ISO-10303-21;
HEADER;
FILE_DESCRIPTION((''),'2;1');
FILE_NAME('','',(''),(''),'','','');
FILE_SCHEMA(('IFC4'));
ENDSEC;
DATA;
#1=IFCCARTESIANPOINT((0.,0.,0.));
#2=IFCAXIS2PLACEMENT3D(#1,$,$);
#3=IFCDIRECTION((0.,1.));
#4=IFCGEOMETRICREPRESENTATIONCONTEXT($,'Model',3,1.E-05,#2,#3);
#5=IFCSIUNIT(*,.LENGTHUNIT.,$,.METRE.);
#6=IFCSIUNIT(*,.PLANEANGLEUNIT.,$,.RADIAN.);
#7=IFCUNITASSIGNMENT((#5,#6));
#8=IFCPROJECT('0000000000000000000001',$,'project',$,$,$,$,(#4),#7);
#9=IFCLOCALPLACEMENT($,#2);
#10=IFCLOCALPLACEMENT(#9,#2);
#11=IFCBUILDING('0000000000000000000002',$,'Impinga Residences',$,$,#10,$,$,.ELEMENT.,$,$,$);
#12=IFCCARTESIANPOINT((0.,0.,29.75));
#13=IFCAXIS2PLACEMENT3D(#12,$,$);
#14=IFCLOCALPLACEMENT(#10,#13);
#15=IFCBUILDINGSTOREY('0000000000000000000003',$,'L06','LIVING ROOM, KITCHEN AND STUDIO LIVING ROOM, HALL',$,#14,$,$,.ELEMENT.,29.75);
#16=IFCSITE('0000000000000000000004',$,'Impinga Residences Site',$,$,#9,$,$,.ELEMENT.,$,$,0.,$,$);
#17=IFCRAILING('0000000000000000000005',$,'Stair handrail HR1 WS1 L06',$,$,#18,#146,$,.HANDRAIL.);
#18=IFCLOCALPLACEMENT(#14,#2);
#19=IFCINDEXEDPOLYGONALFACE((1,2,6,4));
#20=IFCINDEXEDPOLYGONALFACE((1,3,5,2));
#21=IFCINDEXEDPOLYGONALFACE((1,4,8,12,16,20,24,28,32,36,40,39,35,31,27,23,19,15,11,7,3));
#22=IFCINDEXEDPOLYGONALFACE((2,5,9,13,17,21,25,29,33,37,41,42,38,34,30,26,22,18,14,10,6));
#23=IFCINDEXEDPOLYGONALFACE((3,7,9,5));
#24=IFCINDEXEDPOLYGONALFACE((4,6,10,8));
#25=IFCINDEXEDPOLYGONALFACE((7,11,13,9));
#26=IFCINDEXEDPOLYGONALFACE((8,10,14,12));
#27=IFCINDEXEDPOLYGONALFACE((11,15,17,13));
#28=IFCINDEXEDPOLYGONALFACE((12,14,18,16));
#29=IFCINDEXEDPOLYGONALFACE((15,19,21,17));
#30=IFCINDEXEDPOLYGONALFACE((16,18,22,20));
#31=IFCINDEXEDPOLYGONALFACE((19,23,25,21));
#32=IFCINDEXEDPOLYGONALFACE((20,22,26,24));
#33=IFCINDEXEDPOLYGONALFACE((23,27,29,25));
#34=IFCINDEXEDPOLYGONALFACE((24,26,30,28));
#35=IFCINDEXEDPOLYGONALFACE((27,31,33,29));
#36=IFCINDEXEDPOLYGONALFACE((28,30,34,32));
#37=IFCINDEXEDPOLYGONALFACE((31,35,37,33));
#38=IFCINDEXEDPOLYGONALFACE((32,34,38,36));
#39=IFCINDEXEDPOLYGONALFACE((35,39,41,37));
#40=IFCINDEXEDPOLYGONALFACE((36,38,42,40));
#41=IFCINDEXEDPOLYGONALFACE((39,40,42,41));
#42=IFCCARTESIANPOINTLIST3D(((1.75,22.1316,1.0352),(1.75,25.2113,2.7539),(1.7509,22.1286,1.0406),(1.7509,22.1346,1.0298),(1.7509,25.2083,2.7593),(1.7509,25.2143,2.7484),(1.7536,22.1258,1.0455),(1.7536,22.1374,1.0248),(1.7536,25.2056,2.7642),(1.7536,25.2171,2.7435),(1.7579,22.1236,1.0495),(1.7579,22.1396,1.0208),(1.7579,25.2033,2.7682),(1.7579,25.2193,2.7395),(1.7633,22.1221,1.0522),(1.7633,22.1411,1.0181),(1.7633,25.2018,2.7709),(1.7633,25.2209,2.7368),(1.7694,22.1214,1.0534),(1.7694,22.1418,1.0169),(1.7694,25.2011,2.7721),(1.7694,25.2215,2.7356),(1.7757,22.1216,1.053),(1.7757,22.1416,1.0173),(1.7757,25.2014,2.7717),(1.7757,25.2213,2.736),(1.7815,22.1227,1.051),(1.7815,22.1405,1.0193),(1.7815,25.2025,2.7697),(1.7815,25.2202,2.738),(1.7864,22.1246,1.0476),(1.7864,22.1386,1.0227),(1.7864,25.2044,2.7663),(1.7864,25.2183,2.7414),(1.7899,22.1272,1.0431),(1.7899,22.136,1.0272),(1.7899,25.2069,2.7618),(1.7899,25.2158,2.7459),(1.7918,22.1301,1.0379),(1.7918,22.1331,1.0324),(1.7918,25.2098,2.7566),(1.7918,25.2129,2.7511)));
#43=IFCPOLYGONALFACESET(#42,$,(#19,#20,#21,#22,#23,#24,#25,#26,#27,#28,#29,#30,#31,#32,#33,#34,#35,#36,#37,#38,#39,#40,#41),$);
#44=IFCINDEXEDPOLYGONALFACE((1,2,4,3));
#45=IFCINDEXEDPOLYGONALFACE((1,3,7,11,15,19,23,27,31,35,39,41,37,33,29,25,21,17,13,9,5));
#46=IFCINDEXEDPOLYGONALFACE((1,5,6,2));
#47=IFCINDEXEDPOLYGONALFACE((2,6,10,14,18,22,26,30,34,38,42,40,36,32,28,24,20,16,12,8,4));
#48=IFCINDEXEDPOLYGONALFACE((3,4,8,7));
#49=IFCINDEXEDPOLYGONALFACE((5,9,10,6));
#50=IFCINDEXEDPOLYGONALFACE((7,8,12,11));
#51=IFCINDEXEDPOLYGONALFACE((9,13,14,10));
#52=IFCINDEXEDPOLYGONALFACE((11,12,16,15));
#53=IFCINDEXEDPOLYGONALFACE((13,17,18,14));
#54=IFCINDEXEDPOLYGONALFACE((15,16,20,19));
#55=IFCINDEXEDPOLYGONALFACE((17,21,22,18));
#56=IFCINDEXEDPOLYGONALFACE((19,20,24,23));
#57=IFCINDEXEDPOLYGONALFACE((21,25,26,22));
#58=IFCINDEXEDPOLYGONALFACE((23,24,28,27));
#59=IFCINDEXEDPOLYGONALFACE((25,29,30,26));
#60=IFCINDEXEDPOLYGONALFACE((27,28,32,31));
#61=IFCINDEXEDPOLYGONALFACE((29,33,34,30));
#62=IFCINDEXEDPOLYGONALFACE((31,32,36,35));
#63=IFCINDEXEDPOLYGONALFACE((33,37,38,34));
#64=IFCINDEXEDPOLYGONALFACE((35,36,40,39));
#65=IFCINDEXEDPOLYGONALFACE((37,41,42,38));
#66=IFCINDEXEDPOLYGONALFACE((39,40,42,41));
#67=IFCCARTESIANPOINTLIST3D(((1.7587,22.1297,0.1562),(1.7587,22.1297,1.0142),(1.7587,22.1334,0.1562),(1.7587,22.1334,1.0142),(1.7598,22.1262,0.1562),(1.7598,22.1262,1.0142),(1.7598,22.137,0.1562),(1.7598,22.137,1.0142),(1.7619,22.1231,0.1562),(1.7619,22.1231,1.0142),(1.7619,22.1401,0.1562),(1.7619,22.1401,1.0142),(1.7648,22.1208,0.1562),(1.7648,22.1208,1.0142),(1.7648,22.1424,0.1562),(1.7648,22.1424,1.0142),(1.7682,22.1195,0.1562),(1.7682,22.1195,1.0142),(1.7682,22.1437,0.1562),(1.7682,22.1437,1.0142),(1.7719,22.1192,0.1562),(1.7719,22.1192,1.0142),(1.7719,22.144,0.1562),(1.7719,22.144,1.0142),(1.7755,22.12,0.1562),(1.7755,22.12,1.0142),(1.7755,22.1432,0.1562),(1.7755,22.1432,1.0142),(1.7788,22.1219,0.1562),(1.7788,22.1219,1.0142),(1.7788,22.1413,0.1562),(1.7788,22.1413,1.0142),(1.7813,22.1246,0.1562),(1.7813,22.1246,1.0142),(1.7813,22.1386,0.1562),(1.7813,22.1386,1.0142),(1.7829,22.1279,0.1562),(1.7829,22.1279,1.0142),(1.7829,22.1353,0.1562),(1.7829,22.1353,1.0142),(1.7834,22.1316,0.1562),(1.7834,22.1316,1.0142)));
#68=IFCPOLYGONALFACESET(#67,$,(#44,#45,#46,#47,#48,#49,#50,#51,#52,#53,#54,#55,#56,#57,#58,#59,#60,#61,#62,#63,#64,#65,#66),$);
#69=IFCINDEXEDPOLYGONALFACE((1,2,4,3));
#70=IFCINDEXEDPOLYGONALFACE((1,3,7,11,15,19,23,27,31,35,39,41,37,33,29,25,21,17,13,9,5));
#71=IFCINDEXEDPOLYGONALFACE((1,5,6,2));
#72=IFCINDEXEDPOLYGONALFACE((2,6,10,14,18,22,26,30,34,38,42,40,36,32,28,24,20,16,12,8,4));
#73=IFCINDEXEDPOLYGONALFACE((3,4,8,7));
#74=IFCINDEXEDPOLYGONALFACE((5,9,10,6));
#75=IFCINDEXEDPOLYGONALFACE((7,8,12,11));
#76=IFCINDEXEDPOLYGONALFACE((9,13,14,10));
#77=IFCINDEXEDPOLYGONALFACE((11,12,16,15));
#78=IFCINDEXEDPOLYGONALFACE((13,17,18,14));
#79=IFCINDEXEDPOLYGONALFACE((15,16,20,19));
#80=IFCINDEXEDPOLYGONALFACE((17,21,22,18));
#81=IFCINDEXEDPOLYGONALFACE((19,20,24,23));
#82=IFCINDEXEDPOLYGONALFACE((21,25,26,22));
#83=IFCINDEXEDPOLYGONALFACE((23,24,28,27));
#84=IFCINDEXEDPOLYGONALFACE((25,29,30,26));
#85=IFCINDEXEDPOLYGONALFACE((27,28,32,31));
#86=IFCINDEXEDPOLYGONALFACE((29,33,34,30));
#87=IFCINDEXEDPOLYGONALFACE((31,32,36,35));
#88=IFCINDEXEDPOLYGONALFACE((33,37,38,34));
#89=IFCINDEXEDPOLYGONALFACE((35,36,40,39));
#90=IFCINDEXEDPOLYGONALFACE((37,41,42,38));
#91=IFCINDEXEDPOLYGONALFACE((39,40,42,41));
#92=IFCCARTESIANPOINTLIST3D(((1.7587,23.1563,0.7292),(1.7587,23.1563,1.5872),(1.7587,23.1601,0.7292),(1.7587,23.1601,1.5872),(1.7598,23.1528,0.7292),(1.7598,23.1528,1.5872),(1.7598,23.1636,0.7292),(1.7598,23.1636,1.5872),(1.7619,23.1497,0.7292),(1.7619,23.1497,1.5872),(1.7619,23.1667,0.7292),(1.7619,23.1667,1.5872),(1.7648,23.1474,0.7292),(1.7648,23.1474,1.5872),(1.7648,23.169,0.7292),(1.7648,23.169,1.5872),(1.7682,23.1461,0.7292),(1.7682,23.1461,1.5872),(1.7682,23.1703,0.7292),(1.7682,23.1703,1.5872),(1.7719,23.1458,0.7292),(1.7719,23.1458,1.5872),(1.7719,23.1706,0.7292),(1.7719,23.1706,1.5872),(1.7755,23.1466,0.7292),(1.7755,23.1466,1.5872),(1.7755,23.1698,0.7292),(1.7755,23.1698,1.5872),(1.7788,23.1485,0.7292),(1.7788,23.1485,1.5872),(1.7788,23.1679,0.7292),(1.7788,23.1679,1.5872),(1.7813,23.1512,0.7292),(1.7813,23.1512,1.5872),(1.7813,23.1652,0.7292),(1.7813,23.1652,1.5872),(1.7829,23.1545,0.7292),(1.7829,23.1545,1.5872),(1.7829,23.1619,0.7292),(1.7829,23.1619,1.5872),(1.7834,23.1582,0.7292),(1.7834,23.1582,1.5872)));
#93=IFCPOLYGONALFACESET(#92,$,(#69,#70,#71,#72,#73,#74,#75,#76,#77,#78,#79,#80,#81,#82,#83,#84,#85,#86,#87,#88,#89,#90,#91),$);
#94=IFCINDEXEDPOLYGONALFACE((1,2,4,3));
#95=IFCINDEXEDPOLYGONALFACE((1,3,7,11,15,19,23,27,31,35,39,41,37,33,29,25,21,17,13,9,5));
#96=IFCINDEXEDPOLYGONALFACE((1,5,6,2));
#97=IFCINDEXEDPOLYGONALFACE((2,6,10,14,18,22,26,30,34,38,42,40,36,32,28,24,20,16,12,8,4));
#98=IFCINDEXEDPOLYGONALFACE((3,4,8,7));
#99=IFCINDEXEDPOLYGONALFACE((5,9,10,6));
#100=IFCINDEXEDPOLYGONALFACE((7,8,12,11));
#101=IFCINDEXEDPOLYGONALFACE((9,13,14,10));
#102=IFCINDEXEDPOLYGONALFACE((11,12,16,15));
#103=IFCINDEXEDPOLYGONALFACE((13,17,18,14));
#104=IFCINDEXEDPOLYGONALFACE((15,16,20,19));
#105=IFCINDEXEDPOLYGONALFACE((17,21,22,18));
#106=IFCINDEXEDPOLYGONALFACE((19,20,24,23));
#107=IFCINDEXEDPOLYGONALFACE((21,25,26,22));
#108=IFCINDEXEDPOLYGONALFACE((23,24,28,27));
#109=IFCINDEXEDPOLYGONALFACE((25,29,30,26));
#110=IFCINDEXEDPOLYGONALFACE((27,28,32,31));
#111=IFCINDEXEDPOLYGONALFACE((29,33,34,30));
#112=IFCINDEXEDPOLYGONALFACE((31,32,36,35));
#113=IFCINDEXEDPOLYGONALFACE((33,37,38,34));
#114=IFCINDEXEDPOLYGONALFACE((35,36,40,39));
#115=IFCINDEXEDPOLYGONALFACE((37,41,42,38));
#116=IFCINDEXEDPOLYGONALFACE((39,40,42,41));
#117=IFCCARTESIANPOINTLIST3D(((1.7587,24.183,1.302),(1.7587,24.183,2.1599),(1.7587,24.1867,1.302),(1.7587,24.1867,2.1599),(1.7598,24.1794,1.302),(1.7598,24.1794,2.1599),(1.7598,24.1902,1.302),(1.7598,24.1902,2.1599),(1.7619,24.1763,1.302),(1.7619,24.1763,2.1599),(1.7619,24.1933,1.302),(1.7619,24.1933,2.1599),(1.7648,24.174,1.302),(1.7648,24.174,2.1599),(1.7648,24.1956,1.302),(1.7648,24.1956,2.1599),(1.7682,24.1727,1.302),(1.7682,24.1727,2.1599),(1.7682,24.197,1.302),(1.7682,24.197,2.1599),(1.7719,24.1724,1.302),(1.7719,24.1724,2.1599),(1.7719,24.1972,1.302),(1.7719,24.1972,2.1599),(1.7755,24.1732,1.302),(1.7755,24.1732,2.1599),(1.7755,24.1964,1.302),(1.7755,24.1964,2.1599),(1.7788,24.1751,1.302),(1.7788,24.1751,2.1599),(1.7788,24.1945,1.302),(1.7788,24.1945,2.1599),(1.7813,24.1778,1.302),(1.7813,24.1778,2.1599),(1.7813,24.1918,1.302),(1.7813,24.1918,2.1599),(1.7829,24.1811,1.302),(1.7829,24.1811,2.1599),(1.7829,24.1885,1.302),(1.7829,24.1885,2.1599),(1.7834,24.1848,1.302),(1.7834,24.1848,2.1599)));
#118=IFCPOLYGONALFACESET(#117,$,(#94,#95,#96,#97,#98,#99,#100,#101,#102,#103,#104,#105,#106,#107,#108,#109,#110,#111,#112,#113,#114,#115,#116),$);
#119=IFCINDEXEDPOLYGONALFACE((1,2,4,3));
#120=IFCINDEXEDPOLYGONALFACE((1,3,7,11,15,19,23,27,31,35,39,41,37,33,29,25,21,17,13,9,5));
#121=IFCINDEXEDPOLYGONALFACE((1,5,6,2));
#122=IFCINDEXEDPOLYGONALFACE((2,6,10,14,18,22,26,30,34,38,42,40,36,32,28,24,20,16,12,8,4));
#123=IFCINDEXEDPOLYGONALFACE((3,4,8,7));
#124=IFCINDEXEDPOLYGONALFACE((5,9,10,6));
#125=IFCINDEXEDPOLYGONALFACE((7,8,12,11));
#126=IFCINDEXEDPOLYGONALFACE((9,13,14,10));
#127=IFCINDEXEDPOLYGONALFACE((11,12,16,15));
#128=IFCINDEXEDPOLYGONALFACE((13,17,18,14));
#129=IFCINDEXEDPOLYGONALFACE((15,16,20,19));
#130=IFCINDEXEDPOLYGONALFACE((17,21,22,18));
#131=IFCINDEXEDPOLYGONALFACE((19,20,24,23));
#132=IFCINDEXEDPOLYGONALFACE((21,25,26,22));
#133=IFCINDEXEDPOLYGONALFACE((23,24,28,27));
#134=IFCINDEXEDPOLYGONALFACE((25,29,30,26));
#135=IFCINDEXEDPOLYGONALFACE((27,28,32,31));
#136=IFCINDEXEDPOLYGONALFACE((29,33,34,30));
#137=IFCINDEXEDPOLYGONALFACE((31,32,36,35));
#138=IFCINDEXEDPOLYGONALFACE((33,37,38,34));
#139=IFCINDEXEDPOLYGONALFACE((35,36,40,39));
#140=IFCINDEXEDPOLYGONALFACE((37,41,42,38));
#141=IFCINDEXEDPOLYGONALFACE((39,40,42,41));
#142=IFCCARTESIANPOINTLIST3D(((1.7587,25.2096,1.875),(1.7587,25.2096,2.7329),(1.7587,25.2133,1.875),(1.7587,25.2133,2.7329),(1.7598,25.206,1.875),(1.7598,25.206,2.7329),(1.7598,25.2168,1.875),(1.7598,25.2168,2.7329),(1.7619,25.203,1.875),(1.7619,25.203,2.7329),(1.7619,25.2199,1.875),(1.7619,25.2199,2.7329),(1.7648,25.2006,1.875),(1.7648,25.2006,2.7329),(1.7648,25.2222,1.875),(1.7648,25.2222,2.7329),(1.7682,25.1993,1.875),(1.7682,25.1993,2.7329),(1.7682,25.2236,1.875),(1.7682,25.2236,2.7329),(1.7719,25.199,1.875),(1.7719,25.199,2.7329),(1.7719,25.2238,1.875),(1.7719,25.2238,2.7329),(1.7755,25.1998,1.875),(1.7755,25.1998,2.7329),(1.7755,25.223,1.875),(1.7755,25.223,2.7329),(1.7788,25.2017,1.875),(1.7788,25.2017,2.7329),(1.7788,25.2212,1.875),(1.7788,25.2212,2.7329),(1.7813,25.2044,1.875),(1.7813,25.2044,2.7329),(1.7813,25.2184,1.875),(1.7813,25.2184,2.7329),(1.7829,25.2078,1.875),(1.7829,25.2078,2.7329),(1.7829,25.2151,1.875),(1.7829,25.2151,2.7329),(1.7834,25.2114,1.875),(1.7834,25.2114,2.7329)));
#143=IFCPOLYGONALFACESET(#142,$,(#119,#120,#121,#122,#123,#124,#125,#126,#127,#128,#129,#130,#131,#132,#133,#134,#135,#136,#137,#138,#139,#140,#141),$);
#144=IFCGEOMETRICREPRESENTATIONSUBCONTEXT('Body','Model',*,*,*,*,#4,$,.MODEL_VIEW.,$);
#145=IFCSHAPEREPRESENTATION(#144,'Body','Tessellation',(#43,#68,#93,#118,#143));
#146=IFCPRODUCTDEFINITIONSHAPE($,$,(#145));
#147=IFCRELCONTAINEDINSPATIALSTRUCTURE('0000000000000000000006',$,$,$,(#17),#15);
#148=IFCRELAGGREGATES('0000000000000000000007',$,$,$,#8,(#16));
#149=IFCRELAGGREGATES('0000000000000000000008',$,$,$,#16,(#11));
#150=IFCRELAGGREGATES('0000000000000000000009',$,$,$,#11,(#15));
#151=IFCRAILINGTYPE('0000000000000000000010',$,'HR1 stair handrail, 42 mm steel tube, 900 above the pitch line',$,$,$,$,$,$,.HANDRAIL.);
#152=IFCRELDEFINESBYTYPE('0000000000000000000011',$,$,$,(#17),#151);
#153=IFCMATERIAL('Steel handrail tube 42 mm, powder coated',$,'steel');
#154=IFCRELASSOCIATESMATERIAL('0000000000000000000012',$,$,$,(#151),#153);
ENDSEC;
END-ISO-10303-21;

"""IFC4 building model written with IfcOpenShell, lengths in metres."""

from ifc_helpers import new_model, si_unit, direction, frame, origin, origin_2d, place, context, subcontext, project, spatial, circle, extrude, material, type_object, element, save


model = new_model("IFC4")

# Units and contexts
model_context = context("Model", 3, precision=1e-05, world=origin(), true_north=direction((0.0, 1.0)))
body_context = subcontext(model_context, "Body", "Model", "MODEL_VIEW")
ifc_project = project(units=[si_unit("LENGTHUNIT", "METRE"), si_unit("PLANEANGLEUNIT", "RADIAN")], contexts=[model_context])

# Site, building, storey
site_placement = place(None, origin())
site = spatial("IfcSite", under=ifc_project, at=site_placement, Name="Impinga Residences Site", CompositionType="ELEMENT", RefElevation=0.0)
building_placement = place(site_placement, origin())
building = spatial("IfcBuilding", under=site, at=building_placement, Name="Impinga Residences", CompositionType="ELEMENT")
storey_placement = place(building_placement, frame((0.0, 0.0, 29.75)))
storey = spatial("IfcBuildingStorey", under=building, at=storey_placement, Name="L06", Description="LIVING ROOM, KITCHEN AND STUDIO LIVING ROOM, HALL", CompositionType="ELEMENT", Elevation=29.75)

# Railing
ifc_material_1 = material(Name="Steel handrail tube 42 mm, powder coated", Category="steel")
railing_type_1 = type_object("IfcRailingType", Name="HR1 stair handrail, 42 mm steel tube, 900 above the pitch line", PredefinedType="HANDRAIL", material=ifc_material_1)
railing_1_placement = place(storey_placement, frame((1.771, 22.1316, 0.1562)))
element("IfcRailing", 1, at=railing_1_placement, inside=storey, type_object=railing_type_1, Name="Stair handrail HR1 WS1 L06", PredefinedType="HANDRAIL", context=body_context, shape_type="SweptSolid", body=[
    extrude(circle(Radius=0.021, at=origin_2d()), frame((0.0, 0.0, 0.8789), z_axis=(0.0, 0.873225, 0.487317), x_axis=(-1.0, 0.0, 0.0)), (0.0, 0.0, 1.0), 3.5269),
    extrude(circle(Radius=0.0125, at=origin_2d()), origin(), (0.0, 0.0, 1.0), 0.8579),
    extrude(circle(Radius=0.0125, at=origin_2d()), frame((0.0, 1.0266, 0.573)), (0.0, 0.0, 1.0), 0.8579),
    extrude(circle(Radius=0.0125, at=origin_2d()), frame((0.0, 2.0532, 1.1458)), (0.0, 0.0, 1.0), 0.8579),
    extrude(circle(Radius=0.0125, at=origin_2d()), frame((0.0, 3.0798, 1.7188)), (0.0, 0.0, 1.0), 0.8579),
])

save(model, "model.ifc")
